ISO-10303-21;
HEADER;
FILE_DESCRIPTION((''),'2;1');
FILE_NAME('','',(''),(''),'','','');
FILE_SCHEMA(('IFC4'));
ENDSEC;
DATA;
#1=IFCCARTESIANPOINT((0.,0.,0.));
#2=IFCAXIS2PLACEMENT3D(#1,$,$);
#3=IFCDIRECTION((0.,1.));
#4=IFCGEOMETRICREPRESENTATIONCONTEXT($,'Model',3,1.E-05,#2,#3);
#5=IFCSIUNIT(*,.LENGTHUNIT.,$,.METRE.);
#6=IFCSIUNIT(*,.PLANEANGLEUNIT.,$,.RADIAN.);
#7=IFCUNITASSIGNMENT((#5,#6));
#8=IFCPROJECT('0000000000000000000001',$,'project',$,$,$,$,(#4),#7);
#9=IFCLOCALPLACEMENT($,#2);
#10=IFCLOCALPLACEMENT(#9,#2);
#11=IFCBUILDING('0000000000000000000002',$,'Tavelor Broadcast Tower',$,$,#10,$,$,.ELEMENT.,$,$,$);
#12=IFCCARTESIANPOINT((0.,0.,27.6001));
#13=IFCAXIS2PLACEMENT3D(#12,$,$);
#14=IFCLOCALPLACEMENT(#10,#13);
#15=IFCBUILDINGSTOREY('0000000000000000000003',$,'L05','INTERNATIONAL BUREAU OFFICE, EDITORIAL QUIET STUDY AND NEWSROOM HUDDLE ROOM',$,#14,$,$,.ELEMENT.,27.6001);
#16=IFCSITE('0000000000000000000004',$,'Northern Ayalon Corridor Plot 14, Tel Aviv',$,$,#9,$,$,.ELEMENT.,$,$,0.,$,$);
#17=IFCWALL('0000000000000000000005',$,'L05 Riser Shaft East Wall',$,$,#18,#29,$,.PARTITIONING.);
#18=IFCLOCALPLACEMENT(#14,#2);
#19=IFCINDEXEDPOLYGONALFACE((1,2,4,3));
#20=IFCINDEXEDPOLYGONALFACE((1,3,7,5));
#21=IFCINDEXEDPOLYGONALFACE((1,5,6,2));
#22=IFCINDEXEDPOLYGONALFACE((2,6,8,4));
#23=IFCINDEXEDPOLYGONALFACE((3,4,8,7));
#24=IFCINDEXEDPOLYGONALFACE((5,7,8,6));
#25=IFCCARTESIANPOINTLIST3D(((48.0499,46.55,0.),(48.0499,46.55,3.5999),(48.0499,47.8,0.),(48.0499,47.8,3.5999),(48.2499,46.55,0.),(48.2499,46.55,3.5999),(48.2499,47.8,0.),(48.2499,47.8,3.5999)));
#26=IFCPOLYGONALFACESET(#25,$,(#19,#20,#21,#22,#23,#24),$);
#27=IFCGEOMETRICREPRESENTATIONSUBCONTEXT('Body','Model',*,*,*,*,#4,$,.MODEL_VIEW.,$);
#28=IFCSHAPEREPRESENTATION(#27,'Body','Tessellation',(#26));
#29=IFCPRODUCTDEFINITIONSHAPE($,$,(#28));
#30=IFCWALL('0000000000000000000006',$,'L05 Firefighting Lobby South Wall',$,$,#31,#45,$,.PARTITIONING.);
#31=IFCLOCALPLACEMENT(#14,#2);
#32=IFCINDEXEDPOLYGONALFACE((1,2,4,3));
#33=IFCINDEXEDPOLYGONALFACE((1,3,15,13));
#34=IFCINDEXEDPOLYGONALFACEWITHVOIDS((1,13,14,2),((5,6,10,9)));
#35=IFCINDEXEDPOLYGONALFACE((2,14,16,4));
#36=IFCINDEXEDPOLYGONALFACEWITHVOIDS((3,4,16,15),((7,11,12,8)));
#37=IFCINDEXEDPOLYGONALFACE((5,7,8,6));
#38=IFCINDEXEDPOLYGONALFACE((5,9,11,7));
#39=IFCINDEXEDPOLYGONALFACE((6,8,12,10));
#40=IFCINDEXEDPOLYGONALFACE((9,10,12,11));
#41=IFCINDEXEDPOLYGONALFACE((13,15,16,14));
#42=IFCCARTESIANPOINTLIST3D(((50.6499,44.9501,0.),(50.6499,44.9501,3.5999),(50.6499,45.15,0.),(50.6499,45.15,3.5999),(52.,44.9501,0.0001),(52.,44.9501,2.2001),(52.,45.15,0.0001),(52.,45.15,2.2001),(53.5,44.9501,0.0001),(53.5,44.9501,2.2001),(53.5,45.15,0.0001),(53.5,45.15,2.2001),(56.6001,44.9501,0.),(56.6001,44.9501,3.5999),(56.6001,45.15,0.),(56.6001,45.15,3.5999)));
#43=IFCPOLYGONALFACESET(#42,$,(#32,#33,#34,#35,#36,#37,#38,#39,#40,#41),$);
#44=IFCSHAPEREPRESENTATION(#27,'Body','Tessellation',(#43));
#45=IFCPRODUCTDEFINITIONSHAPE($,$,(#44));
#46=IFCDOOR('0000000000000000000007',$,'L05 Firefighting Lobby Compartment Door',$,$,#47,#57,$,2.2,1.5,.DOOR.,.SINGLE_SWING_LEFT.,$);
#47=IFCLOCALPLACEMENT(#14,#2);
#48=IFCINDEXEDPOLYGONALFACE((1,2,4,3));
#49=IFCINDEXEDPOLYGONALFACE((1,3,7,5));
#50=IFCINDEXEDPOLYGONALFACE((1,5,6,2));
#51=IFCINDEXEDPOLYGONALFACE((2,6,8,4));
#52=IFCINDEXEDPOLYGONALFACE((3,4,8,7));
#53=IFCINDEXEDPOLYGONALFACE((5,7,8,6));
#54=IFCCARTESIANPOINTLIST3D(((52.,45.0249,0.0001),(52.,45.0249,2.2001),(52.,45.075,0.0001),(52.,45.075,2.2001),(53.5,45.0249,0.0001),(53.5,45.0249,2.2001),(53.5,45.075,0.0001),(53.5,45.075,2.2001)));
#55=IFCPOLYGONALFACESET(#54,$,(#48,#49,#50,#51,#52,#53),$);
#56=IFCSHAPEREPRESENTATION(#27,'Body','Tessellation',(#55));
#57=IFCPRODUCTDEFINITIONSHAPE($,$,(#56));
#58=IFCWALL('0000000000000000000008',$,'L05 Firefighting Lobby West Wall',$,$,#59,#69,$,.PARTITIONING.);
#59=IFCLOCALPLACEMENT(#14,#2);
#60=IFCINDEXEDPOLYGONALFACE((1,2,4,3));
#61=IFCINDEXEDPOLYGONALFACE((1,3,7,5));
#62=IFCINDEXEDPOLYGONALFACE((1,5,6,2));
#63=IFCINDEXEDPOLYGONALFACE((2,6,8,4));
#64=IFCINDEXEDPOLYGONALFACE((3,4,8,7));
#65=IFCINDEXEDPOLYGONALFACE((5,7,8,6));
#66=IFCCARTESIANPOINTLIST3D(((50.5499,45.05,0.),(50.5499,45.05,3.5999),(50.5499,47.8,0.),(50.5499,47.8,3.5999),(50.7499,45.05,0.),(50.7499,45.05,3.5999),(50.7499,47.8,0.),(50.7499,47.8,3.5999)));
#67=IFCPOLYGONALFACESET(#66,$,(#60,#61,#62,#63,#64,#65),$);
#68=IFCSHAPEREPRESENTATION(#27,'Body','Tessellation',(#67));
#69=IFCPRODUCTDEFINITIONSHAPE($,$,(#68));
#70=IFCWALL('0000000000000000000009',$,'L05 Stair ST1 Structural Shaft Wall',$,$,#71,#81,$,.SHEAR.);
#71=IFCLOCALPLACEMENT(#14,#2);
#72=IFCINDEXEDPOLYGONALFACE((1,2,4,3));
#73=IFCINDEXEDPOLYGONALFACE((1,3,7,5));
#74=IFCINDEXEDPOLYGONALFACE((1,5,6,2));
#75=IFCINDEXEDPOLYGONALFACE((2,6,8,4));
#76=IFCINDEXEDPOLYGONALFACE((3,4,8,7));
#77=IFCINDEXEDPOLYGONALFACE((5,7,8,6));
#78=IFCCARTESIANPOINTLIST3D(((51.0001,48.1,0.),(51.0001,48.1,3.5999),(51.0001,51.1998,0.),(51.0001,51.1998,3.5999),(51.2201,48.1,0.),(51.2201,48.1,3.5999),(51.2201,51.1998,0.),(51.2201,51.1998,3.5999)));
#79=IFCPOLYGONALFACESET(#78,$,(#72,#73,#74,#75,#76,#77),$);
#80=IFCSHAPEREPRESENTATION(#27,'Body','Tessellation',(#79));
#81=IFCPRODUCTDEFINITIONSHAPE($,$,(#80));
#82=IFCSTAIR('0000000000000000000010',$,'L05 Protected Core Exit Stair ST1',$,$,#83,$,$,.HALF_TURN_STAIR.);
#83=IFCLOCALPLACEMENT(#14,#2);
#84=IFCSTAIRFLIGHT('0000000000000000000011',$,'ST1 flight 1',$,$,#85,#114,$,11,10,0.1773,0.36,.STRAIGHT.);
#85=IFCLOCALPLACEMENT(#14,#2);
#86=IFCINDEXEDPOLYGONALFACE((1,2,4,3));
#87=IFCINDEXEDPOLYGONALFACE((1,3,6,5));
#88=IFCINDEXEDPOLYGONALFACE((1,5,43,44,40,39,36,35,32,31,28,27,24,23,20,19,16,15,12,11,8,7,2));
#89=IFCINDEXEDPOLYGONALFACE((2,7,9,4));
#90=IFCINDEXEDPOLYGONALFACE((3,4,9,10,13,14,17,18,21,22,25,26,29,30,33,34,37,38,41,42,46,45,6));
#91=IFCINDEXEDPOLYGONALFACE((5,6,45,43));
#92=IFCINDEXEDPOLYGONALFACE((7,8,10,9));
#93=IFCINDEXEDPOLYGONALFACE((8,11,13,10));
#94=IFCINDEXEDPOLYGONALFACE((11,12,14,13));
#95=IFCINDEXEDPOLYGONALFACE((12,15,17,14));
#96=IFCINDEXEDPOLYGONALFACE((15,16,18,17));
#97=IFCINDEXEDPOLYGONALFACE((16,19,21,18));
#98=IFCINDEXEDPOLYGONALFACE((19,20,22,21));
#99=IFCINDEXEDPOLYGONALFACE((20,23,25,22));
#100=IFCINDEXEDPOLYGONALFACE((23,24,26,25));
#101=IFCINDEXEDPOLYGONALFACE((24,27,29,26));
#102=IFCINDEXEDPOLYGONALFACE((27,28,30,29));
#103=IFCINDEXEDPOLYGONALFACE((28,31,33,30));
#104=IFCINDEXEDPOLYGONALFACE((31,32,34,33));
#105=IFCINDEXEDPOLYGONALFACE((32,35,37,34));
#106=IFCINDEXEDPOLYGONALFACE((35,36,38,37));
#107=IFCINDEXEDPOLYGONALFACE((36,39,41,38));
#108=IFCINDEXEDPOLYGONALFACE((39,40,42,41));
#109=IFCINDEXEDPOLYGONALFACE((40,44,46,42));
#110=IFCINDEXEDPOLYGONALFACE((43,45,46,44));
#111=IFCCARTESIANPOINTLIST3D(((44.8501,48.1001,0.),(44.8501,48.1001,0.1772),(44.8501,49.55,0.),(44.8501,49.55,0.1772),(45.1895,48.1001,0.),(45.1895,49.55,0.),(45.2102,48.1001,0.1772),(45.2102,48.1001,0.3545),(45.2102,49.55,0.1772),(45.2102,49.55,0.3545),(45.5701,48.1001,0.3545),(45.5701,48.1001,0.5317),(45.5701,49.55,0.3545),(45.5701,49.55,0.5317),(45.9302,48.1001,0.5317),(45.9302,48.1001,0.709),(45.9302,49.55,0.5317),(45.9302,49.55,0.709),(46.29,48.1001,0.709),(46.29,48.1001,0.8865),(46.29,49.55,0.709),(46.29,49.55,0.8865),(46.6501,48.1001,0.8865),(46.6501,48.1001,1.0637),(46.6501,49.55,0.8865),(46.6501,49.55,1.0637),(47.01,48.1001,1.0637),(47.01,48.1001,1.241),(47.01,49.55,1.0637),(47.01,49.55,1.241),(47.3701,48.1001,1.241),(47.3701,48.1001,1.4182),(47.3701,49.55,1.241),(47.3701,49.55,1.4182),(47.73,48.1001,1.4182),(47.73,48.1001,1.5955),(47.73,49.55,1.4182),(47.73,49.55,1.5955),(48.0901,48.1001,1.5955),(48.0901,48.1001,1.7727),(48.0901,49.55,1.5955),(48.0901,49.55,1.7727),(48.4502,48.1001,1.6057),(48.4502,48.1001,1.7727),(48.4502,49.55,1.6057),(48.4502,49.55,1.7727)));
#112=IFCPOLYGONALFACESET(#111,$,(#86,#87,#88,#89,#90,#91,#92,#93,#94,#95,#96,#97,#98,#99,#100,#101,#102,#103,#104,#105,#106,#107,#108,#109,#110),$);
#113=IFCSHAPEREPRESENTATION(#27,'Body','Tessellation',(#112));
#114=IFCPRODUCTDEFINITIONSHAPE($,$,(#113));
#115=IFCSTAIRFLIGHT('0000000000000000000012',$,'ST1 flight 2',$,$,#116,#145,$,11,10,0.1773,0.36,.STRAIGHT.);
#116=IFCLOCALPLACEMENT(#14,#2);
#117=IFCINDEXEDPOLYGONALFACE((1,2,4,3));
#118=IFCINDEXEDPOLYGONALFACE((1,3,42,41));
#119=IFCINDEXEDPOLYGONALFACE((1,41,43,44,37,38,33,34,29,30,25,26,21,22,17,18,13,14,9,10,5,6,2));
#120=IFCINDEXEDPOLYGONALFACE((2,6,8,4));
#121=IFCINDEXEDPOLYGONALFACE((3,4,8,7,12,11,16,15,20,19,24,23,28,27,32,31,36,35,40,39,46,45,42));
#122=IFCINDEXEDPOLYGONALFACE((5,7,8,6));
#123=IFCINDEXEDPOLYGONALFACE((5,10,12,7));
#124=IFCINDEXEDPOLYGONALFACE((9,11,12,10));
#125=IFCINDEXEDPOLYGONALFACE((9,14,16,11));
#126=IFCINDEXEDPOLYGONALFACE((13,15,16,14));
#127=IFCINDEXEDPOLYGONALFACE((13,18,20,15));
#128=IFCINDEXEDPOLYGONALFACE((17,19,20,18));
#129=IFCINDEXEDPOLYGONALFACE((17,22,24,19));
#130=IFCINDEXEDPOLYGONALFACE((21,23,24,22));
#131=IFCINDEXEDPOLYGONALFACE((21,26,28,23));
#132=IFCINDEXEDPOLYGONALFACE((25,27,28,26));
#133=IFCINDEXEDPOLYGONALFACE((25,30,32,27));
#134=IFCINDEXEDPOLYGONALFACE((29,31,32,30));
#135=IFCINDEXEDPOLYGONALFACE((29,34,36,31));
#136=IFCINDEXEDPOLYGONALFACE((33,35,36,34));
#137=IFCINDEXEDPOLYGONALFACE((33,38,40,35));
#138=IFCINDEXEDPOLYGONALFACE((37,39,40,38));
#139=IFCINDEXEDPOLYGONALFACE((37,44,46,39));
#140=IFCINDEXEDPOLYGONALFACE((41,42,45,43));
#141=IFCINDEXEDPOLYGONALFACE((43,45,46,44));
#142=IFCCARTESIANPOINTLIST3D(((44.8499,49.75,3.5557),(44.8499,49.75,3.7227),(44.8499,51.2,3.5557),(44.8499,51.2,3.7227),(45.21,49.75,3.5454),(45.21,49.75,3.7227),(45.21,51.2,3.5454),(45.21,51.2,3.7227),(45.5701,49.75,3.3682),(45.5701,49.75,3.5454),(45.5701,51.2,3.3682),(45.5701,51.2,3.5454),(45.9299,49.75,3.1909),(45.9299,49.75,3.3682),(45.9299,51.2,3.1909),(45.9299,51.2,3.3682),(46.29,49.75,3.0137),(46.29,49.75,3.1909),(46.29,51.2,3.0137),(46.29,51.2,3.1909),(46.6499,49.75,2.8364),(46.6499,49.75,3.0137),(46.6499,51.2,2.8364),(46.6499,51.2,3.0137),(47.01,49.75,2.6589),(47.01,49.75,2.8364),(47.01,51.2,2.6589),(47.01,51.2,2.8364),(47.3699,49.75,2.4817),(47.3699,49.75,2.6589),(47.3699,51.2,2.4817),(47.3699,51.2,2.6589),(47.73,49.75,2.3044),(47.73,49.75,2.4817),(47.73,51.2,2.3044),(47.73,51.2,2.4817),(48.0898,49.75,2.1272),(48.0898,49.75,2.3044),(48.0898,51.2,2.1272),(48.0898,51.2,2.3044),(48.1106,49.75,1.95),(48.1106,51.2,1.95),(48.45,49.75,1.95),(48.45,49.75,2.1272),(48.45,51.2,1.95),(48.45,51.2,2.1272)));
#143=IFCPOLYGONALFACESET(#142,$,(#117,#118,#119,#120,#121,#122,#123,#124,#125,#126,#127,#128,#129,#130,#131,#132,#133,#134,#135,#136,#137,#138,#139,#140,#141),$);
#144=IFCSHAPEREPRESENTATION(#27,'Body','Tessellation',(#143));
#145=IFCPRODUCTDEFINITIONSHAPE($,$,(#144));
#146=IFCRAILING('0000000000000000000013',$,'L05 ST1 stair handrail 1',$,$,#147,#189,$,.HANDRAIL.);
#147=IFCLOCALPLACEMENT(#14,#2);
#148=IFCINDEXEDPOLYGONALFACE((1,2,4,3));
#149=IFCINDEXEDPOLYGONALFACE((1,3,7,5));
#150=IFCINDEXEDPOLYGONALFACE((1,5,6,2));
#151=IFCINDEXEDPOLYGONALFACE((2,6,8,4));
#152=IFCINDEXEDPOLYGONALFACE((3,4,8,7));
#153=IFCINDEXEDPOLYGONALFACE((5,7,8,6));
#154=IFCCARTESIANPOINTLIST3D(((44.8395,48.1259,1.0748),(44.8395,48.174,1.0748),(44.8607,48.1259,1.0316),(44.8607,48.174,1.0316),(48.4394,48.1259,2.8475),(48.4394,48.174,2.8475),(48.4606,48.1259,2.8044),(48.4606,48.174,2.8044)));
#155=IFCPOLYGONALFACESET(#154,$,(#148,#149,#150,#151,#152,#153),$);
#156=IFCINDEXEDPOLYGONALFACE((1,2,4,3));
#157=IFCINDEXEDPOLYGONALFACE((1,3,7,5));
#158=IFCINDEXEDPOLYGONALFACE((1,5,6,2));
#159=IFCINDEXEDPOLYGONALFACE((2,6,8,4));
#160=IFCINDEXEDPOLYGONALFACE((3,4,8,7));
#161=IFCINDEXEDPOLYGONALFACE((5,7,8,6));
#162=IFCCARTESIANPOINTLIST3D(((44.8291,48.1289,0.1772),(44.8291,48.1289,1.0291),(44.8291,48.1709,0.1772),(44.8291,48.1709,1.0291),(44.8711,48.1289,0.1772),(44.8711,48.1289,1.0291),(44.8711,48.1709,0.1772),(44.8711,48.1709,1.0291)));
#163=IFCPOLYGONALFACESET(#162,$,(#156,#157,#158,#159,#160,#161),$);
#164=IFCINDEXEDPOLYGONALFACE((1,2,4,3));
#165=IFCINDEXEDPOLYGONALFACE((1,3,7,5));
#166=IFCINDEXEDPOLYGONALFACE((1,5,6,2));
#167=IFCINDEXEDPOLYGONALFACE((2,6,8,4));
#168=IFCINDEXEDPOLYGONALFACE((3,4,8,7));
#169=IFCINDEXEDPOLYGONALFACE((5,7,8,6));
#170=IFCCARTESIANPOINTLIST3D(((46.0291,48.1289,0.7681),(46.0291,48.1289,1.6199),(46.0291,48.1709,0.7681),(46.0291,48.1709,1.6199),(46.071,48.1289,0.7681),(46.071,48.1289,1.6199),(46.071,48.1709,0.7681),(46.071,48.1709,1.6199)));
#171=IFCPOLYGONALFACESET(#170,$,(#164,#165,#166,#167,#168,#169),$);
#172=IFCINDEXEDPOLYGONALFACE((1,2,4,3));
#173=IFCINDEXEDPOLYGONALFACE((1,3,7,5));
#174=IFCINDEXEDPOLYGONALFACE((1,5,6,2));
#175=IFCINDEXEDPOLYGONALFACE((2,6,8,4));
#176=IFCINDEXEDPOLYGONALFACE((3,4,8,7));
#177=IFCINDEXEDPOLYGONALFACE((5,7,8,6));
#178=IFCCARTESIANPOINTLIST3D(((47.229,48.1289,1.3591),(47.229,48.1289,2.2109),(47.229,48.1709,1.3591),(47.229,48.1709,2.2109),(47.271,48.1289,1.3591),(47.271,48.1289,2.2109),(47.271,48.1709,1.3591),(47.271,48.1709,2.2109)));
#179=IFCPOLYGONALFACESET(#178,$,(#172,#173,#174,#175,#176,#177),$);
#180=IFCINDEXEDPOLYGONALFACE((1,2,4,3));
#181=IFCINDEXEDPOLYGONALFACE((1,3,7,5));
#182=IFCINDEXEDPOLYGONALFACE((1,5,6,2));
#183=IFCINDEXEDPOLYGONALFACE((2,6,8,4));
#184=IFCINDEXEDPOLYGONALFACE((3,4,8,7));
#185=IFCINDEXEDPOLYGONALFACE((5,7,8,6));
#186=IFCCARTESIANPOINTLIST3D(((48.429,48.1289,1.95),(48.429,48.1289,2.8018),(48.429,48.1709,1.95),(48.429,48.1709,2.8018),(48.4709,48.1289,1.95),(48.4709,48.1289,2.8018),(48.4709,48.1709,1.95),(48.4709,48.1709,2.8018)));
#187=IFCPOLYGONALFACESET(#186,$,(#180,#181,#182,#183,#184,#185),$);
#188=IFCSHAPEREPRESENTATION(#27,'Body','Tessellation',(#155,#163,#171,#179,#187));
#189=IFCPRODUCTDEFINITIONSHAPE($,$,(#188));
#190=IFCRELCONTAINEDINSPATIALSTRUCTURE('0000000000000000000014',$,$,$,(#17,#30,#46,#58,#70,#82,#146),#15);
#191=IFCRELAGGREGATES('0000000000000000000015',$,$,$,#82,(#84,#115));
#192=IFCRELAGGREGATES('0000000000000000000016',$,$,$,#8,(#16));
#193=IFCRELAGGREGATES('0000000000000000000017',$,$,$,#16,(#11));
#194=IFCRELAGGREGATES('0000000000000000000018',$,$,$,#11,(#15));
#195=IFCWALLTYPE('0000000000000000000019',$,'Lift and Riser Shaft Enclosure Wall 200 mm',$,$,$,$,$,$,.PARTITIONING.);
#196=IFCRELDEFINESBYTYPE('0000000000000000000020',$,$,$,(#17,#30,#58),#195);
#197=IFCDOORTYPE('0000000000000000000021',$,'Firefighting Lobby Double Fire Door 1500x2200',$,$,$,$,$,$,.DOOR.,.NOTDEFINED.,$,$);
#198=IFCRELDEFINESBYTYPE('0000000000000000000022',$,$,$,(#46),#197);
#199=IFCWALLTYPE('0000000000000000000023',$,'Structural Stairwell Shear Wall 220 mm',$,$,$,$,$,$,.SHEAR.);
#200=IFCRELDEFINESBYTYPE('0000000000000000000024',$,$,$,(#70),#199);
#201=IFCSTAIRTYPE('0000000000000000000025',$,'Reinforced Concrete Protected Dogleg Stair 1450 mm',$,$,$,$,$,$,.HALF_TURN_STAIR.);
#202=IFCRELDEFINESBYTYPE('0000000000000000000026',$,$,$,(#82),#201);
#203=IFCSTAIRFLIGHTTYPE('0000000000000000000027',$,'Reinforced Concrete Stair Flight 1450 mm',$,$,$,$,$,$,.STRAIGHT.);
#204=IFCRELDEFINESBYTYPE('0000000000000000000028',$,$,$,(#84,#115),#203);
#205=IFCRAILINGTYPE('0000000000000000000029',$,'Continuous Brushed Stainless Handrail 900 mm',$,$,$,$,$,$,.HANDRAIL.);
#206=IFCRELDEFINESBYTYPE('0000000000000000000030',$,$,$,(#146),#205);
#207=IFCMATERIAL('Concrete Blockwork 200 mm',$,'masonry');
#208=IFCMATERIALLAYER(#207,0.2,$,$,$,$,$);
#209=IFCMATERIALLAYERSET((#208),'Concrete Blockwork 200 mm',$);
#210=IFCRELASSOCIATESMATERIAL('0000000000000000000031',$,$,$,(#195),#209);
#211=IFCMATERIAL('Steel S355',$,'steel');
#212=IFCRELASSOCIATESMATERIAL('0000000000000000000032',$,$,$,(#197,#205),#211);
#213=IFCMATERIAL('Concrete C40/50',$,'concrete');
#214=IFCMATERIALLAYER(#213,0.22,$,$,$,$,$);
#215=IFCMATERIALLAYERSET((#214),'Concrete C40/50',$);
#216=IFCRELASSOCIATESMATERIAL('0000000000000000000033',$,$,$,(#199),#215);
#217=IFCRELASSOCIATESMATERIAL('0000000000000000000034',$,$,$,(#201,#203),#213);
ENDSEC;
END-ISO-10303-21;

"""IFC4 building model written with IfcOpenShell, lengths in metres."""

from ifc_helpers import new_model, si_unit, direction, frame, frame_2d, origin, origin_2d, place, context, subcontext, project, spatial, polyline, rectangle, outline, extrude, material, layer, layer_set, type_object, element, fill, aggregate, save


model = new_model("IFC4")

# Units and contexts
model_context = context("Model", 3, precision=1e-05, world=origin(), true_north=direction((0.0, 1.0)))
body_context = subcontext(model_context, "Body", "Model", "MODEL_VIEW")
ifc_project = project(units=[si_unit("LENGTHUNIT", "METRE"), si_unit("PLANEANGLEUNIT", "RADIAN")], contexts=[model_context])

# Site, building, storey
site_placement = place(None, origin())
site = spatial("IfcSite", under=ifc_project, at=site_placement, Name="Northern Ayalon Corridor Plot 14, Tel Aviv", CompositionType="ELEMENT", RefElevation=0.0)
building_placement = place(site_placement, origin())
building = spatial("IfcBuilding", under=site, at=building_placement, Name="Tavelor Broadcast Tower", CompositionType="ELEMENT")
storey_placement = place(building_placement, frame((0.0, 0.0, 27.6001)))
storey = spatial("IfcBuildingStorey", under=building, at=storey_placement, Name="L05", Description="INTERNATIONAL BUREAU OFFICE, EDITORIAL QUIET STUDY AND NEWSROOM HUDDLE ROOM", CompositionType="ELEMENT", Elevation=27.6001)

# Shared definitions
ifc_material_1 = material(Name="Steel S355", Category="steel")

# Wall
ifc_material_2 = material(Name="Concrete Blockwork 200 mm", Category="masonry")
ifc_layer_1 = layer(ifc_material_2, 0.2)
ifc_layer_set_1 = layer_set([ifc_layer_1], Name="Concrete Blockwork 200 mm")
wall_type_1 = type_object("IfcWallType", Name="Lift and Riser Shaft Enclosure Wall 200 mm", PredefinedType="PARTITIONING", material=ifc_layer_set_1)
wall_1_placement = place(storey_placement, frame((48.1499, 46.55, 0.0), z_axis=(0.0, 0.0, 1.0), x_axis=(0.0, 1.0, 0.0)))
element("IfcWall", 1, at=wall_1_placement, inside=storey, type_object=wall_type_1, Name="L05 Riser Shaft East Wall", PredefinedType="PARTITIONING", context=body_context, shape_type="SweptSolid", body=[
    extrude(rectangle(XDim=1.25, YDim=0.2, at=frame_2d((0.625, 0.0))), origin(), (0.0, 0.0, 1.0), 3.5999),
])

# Wall, opening, door
wall_2_placement = place(storey_placement, frame((50.6499, 45.05, 0.0), z_axis=(0.0, 0.0, 1.0), x_axis=(1.0, 0.0, 0.0)))
wall_2 = element("IfcWall", 2, at=wall_2_placement, inside=storey, type_object=wall_type_1, Name="L05 Firefighting Lobby South Wall", PredefinedType="PARTITIONING", context=body_context, shape_type="SweptSolid", body=[
    extrude(rectangle(XDim=5.9502, YDim=0.2, at=frame_2d((2.9751, 0.0))), origin(), (0.0, 0.0, 1.0), 3.5999),
])
opening_1_placement = place(wall_2_placement, frame((1.3501, 0.0, 0.0)))
opening_1 = element("IfcOpeningElement", 3, at=opening_1_placement, cuts=wall_2, PredefinedType="OPENING", context=body_context, shape_type="SweptSolid", body=[
    extrude(rectangle(XDim=1.5, YDim=2.2, at=frame_2d((0.75, 1.1001))), frame((0.0, 0.1099, 0.0), z_axis=(0.0, -1.0, 0.0), x_axis=(1.0, 0.0, 0.0)), (0.0, 0.0, 1.0), 0.22),
])
door_type_1 = type_object("IfcDoorType", Name="Firefighting Lobby Double Fire Door 1500x2200", OperationType="NOTDEFINED", PredefinedType="DOOR", material=ifc_material_1)
door_1_placement = place(opening_1_placement, origin())
door_1 = element("IfcDoor", 4, at=door_1_placement, inside=storey, type_object=door_type_1, Name="L05 Firefighting Lobby Compartment Door", OperationType="SINGLE_SWING_LEFT", OverallHeight=2.2, OverallWidth=1.5, PredefinedType="DOOR", context=body_context, shape_type="SweptSolid", body=[
    extrude(rectangle(XDim=1.5, YDim=2.2, at=frame_2d((0.75, 1.1001))), frame((0.0, 0.0249, 0.0), z_axis=(0.0, -1.0, 0.0), x_axis=(1.0, 0.0, 0.0)), (0.0, 0.0, 1.0), 0.05),
])
fill(opening_1, door_1)

# Walls
wall_3_placement = place(storey_placement, frame((50.6499, 45.05, 0.0), z_axis=(0.0, 0.0, 1.0), x_axis=(0.0, 1.0, 0.0)))
element("IfcWall", 5, at=wall_3_placement, inside=storey, type_object=wall_type_1, Name="L05 Firefighting Lobby West Wall", PredefinedType="PARTITIONING", context=body_context, shape_type="SweptSolid", body=[
    extrude(rectangle(XDim=2.75, YDim=0.2, at=frame_2d((1.375, 0.0))), origin(), (0.0, 0.0, 1.0), 3.5999),
])
ifc_material_3 = material(Name="Concrete C40/50", Category="concrete")
ifc_layer_2 = layer(ifc_material_3, 0.22)
ifc_layer_set_2 = layer_set([ifc_layer_2], Name="Concrete C40/50")
wall_type_2 = type_object("IfcWallType", Name="Structural Stairwell Shear Wall 220 mm", PredefinedType="SHEAR", material=ifc_layer_set_2)
wall_4_placement = place(storey_placement, frame((51.1101, 48.1001, 0.0), z_axis=(0.0, 0.0, 1.0), x_axis=(0.0, 1.0, 0.0)))
element("IfcWall", 6, at=wall_4_placement, inside=storey, type_object=wall_type_2, Name="L05 Stair ST1 Structural Shaft Wall", PredefinedType="SHEAR", context=body_context, shape_type="SweptSolid", body=[
    extrude(rectangle(XDim=3.0999, YDim=0.22, at=frame_2d((1.5498, 0.0))), origin(), (0.0, 0.0, 1.0), 3.5999),
])

# Stair, stair flights
stair_type = type_object("IfcStairType", Name="Reinforced Concrete Protected Dogleg Stair 1450 mm", PredefinedType="HALF_TURN_STAIR", material=ifc_material_3)
stair_placement = place(storey_placement, origin())
stair = element("IfcStair", 7, at=stair_placement, inside=storey, type_object=stair_type, Name="L05 Protected Core Exit Stair ST1", PredefinedType="HALF_TURN_STAIR")
stair_flight_type = type_object("IfcStairFlightType", Name="Reinforced Concrete Stair Flight 1450 mm", PredefinedType="STRAIGHT", material=ifc_material_3)
stair_flight_1_placement = place(storey_placement, frame((44.8501, 48.825, 0.0), z_axis=(0.0, 0.0, 1.0), x_axis=(1.0, 0.0, 0.0)))
stair_flight_1 = element("IfcStairFlight", 8, at=stair_flight_1_placement, type_object=stair_flight_type, Name="ST1 flight 1", NumberOfRisers=11, NumberOfTreads=10, PredefinedType="STRAIGHT", RiserHeight=0.1773, TreadLength=0.36, context=body_context, shape_type="SweptSolid", body=[
    extrude(outline(polyline([(0.0, 0.0), (0.0, 0.1772), (0.3601, 0.1772), (0.3601, 0.3545), (0.72, 0.3545), (0.72, 0.5317), (1.0801, 0.5317), (1.0801, 0.709), (1.4399, 0.709), (1.4399, 0.8865), (1.8, 0.8865), (1.8, 1.0637), (2.1599, 1.0637), (2.1599, 1.241), (2.52, 1.241), (2.52, 1.4182), (2.8799, 1.4182), (2.8799, 1.5955), (3.24, 1.5955), (3.24, 1.7727), (3.6001, 1.7727), (3.6001, 1.95), (3.6001, 1.6057), (0.3394, 0.0), (0.0, 0.0)])), frame((0.0, 0.7251, 0.0), z_axis=(0.0, -1.0, 0.0), x_axis=(1.0, 0.0, 0.0)), (0.0, 0.0, 1.0), 1.45),
])
stair_flight_2_placement = place(storey_placement, frame((48.45, 50.4751, 1.95), z_axis=(0.0, 0.0, 1.0), x_axis=(-1.0, 0.0, 0.0)))
stair_flight_2 = element("IfcStairFlight", 9, at=stair_flight_2_placement, type_object=stair_flight_type, Name="ST1 flight 2", NumberOfRisers=11, NumberOfTreads=10, PredefinedType="STRAIGHT", RiserHeight=0.1773, TreadLength=0.36, context=body_context, shape_type="SweptSolid", body=[
    extrude(outline(polyline([(0.0, 0.0), (0.0, 0.1772), (0.3601, 0.1772), (0.3601, 0.3545), (0.72, 0.3545), (0.72, 0.5317), (1.0801, 0.5317), (1.0801, 0.709), (1.4399, 0.709), (1.4399, 0.8865), (1.8, 0.8865), (1.8, 1.0637), (2.1599, 1.0637), (2.1599, 1.241), (2.52, 1.241), (2.52, 1.4182), (2.8799, 1.4182), (2.8799, 1.5955), (3.24, 1.5955), (3.24, 1.7727), (3.6001, 1.7727), (3.6001, 1.95), (3.6001, 1.6057), (0.3394, 0.0), (0.0, 0.0)])), frame((0.0, 0.7251, 0.0), z_axis=(0.0, -1.0, 0.0), x_axis=(1.0, 0.0, 0.0)), (0.0, 0.0, 1.0), 1.45),
])
aggregate(stair, [stair_flight_1, stair_flight_2])

# Railing
railing_type_1 = type_object("IfcRailingType", Name="Continuous Brushed Stainless Handrail 900 mm", PredefinedType="HANDRAIL", material=ifc_material_1)
railing_1_placement = place(storey_placement, frame((44.8501, 48.1499, 0.1772)))
element("IfcRailing", 10, at=railing_1_placement, inside=storey, type_object=railing_type_1, Name="L05 ST1 stair handrail 1", PredefinedType="HANDRAIL", context=body_context, shape_type="SweptSolid", body=[
    extrude(rectangle(XDim=0.0481, YDim=0.0481, at=origin_2d()), frame((0.0, 0.0, 0.876), z_axis=(0.897124, 0.0, 0.441778), x_axis=(0.0, 1.0, 0.0)), (0.0, 0.0, 1.0), 4.0127),
    extrude(rectangle(XDim=0.042, YDim=0.042, at=origin_2d()), origin(), (0.0, 0.0, 1.0), 0.8518),
    extrude(rectangle(XDim=0.042, YDim=0.042, at=origin_2d()), frame((1.2, 0.0, 0.5908)), (0.0, 0.0, 1.0), 0.8518),
    extrude(rectangle(XDim=0.042, YDim=0.042, at=origin_2d()), frame((2.3999, 0.0, 1.1819)), (0.0, 0.0, 1.0), 0.8518),
    extrude(rectangle(XDim=0.042, YDim=0.042, at=origin_2d()), frame((3.5999, 0.0, 1.7727)), (0.0, 0.0, 1.0), 0.8518),
])

save(model, "model.ifc")
